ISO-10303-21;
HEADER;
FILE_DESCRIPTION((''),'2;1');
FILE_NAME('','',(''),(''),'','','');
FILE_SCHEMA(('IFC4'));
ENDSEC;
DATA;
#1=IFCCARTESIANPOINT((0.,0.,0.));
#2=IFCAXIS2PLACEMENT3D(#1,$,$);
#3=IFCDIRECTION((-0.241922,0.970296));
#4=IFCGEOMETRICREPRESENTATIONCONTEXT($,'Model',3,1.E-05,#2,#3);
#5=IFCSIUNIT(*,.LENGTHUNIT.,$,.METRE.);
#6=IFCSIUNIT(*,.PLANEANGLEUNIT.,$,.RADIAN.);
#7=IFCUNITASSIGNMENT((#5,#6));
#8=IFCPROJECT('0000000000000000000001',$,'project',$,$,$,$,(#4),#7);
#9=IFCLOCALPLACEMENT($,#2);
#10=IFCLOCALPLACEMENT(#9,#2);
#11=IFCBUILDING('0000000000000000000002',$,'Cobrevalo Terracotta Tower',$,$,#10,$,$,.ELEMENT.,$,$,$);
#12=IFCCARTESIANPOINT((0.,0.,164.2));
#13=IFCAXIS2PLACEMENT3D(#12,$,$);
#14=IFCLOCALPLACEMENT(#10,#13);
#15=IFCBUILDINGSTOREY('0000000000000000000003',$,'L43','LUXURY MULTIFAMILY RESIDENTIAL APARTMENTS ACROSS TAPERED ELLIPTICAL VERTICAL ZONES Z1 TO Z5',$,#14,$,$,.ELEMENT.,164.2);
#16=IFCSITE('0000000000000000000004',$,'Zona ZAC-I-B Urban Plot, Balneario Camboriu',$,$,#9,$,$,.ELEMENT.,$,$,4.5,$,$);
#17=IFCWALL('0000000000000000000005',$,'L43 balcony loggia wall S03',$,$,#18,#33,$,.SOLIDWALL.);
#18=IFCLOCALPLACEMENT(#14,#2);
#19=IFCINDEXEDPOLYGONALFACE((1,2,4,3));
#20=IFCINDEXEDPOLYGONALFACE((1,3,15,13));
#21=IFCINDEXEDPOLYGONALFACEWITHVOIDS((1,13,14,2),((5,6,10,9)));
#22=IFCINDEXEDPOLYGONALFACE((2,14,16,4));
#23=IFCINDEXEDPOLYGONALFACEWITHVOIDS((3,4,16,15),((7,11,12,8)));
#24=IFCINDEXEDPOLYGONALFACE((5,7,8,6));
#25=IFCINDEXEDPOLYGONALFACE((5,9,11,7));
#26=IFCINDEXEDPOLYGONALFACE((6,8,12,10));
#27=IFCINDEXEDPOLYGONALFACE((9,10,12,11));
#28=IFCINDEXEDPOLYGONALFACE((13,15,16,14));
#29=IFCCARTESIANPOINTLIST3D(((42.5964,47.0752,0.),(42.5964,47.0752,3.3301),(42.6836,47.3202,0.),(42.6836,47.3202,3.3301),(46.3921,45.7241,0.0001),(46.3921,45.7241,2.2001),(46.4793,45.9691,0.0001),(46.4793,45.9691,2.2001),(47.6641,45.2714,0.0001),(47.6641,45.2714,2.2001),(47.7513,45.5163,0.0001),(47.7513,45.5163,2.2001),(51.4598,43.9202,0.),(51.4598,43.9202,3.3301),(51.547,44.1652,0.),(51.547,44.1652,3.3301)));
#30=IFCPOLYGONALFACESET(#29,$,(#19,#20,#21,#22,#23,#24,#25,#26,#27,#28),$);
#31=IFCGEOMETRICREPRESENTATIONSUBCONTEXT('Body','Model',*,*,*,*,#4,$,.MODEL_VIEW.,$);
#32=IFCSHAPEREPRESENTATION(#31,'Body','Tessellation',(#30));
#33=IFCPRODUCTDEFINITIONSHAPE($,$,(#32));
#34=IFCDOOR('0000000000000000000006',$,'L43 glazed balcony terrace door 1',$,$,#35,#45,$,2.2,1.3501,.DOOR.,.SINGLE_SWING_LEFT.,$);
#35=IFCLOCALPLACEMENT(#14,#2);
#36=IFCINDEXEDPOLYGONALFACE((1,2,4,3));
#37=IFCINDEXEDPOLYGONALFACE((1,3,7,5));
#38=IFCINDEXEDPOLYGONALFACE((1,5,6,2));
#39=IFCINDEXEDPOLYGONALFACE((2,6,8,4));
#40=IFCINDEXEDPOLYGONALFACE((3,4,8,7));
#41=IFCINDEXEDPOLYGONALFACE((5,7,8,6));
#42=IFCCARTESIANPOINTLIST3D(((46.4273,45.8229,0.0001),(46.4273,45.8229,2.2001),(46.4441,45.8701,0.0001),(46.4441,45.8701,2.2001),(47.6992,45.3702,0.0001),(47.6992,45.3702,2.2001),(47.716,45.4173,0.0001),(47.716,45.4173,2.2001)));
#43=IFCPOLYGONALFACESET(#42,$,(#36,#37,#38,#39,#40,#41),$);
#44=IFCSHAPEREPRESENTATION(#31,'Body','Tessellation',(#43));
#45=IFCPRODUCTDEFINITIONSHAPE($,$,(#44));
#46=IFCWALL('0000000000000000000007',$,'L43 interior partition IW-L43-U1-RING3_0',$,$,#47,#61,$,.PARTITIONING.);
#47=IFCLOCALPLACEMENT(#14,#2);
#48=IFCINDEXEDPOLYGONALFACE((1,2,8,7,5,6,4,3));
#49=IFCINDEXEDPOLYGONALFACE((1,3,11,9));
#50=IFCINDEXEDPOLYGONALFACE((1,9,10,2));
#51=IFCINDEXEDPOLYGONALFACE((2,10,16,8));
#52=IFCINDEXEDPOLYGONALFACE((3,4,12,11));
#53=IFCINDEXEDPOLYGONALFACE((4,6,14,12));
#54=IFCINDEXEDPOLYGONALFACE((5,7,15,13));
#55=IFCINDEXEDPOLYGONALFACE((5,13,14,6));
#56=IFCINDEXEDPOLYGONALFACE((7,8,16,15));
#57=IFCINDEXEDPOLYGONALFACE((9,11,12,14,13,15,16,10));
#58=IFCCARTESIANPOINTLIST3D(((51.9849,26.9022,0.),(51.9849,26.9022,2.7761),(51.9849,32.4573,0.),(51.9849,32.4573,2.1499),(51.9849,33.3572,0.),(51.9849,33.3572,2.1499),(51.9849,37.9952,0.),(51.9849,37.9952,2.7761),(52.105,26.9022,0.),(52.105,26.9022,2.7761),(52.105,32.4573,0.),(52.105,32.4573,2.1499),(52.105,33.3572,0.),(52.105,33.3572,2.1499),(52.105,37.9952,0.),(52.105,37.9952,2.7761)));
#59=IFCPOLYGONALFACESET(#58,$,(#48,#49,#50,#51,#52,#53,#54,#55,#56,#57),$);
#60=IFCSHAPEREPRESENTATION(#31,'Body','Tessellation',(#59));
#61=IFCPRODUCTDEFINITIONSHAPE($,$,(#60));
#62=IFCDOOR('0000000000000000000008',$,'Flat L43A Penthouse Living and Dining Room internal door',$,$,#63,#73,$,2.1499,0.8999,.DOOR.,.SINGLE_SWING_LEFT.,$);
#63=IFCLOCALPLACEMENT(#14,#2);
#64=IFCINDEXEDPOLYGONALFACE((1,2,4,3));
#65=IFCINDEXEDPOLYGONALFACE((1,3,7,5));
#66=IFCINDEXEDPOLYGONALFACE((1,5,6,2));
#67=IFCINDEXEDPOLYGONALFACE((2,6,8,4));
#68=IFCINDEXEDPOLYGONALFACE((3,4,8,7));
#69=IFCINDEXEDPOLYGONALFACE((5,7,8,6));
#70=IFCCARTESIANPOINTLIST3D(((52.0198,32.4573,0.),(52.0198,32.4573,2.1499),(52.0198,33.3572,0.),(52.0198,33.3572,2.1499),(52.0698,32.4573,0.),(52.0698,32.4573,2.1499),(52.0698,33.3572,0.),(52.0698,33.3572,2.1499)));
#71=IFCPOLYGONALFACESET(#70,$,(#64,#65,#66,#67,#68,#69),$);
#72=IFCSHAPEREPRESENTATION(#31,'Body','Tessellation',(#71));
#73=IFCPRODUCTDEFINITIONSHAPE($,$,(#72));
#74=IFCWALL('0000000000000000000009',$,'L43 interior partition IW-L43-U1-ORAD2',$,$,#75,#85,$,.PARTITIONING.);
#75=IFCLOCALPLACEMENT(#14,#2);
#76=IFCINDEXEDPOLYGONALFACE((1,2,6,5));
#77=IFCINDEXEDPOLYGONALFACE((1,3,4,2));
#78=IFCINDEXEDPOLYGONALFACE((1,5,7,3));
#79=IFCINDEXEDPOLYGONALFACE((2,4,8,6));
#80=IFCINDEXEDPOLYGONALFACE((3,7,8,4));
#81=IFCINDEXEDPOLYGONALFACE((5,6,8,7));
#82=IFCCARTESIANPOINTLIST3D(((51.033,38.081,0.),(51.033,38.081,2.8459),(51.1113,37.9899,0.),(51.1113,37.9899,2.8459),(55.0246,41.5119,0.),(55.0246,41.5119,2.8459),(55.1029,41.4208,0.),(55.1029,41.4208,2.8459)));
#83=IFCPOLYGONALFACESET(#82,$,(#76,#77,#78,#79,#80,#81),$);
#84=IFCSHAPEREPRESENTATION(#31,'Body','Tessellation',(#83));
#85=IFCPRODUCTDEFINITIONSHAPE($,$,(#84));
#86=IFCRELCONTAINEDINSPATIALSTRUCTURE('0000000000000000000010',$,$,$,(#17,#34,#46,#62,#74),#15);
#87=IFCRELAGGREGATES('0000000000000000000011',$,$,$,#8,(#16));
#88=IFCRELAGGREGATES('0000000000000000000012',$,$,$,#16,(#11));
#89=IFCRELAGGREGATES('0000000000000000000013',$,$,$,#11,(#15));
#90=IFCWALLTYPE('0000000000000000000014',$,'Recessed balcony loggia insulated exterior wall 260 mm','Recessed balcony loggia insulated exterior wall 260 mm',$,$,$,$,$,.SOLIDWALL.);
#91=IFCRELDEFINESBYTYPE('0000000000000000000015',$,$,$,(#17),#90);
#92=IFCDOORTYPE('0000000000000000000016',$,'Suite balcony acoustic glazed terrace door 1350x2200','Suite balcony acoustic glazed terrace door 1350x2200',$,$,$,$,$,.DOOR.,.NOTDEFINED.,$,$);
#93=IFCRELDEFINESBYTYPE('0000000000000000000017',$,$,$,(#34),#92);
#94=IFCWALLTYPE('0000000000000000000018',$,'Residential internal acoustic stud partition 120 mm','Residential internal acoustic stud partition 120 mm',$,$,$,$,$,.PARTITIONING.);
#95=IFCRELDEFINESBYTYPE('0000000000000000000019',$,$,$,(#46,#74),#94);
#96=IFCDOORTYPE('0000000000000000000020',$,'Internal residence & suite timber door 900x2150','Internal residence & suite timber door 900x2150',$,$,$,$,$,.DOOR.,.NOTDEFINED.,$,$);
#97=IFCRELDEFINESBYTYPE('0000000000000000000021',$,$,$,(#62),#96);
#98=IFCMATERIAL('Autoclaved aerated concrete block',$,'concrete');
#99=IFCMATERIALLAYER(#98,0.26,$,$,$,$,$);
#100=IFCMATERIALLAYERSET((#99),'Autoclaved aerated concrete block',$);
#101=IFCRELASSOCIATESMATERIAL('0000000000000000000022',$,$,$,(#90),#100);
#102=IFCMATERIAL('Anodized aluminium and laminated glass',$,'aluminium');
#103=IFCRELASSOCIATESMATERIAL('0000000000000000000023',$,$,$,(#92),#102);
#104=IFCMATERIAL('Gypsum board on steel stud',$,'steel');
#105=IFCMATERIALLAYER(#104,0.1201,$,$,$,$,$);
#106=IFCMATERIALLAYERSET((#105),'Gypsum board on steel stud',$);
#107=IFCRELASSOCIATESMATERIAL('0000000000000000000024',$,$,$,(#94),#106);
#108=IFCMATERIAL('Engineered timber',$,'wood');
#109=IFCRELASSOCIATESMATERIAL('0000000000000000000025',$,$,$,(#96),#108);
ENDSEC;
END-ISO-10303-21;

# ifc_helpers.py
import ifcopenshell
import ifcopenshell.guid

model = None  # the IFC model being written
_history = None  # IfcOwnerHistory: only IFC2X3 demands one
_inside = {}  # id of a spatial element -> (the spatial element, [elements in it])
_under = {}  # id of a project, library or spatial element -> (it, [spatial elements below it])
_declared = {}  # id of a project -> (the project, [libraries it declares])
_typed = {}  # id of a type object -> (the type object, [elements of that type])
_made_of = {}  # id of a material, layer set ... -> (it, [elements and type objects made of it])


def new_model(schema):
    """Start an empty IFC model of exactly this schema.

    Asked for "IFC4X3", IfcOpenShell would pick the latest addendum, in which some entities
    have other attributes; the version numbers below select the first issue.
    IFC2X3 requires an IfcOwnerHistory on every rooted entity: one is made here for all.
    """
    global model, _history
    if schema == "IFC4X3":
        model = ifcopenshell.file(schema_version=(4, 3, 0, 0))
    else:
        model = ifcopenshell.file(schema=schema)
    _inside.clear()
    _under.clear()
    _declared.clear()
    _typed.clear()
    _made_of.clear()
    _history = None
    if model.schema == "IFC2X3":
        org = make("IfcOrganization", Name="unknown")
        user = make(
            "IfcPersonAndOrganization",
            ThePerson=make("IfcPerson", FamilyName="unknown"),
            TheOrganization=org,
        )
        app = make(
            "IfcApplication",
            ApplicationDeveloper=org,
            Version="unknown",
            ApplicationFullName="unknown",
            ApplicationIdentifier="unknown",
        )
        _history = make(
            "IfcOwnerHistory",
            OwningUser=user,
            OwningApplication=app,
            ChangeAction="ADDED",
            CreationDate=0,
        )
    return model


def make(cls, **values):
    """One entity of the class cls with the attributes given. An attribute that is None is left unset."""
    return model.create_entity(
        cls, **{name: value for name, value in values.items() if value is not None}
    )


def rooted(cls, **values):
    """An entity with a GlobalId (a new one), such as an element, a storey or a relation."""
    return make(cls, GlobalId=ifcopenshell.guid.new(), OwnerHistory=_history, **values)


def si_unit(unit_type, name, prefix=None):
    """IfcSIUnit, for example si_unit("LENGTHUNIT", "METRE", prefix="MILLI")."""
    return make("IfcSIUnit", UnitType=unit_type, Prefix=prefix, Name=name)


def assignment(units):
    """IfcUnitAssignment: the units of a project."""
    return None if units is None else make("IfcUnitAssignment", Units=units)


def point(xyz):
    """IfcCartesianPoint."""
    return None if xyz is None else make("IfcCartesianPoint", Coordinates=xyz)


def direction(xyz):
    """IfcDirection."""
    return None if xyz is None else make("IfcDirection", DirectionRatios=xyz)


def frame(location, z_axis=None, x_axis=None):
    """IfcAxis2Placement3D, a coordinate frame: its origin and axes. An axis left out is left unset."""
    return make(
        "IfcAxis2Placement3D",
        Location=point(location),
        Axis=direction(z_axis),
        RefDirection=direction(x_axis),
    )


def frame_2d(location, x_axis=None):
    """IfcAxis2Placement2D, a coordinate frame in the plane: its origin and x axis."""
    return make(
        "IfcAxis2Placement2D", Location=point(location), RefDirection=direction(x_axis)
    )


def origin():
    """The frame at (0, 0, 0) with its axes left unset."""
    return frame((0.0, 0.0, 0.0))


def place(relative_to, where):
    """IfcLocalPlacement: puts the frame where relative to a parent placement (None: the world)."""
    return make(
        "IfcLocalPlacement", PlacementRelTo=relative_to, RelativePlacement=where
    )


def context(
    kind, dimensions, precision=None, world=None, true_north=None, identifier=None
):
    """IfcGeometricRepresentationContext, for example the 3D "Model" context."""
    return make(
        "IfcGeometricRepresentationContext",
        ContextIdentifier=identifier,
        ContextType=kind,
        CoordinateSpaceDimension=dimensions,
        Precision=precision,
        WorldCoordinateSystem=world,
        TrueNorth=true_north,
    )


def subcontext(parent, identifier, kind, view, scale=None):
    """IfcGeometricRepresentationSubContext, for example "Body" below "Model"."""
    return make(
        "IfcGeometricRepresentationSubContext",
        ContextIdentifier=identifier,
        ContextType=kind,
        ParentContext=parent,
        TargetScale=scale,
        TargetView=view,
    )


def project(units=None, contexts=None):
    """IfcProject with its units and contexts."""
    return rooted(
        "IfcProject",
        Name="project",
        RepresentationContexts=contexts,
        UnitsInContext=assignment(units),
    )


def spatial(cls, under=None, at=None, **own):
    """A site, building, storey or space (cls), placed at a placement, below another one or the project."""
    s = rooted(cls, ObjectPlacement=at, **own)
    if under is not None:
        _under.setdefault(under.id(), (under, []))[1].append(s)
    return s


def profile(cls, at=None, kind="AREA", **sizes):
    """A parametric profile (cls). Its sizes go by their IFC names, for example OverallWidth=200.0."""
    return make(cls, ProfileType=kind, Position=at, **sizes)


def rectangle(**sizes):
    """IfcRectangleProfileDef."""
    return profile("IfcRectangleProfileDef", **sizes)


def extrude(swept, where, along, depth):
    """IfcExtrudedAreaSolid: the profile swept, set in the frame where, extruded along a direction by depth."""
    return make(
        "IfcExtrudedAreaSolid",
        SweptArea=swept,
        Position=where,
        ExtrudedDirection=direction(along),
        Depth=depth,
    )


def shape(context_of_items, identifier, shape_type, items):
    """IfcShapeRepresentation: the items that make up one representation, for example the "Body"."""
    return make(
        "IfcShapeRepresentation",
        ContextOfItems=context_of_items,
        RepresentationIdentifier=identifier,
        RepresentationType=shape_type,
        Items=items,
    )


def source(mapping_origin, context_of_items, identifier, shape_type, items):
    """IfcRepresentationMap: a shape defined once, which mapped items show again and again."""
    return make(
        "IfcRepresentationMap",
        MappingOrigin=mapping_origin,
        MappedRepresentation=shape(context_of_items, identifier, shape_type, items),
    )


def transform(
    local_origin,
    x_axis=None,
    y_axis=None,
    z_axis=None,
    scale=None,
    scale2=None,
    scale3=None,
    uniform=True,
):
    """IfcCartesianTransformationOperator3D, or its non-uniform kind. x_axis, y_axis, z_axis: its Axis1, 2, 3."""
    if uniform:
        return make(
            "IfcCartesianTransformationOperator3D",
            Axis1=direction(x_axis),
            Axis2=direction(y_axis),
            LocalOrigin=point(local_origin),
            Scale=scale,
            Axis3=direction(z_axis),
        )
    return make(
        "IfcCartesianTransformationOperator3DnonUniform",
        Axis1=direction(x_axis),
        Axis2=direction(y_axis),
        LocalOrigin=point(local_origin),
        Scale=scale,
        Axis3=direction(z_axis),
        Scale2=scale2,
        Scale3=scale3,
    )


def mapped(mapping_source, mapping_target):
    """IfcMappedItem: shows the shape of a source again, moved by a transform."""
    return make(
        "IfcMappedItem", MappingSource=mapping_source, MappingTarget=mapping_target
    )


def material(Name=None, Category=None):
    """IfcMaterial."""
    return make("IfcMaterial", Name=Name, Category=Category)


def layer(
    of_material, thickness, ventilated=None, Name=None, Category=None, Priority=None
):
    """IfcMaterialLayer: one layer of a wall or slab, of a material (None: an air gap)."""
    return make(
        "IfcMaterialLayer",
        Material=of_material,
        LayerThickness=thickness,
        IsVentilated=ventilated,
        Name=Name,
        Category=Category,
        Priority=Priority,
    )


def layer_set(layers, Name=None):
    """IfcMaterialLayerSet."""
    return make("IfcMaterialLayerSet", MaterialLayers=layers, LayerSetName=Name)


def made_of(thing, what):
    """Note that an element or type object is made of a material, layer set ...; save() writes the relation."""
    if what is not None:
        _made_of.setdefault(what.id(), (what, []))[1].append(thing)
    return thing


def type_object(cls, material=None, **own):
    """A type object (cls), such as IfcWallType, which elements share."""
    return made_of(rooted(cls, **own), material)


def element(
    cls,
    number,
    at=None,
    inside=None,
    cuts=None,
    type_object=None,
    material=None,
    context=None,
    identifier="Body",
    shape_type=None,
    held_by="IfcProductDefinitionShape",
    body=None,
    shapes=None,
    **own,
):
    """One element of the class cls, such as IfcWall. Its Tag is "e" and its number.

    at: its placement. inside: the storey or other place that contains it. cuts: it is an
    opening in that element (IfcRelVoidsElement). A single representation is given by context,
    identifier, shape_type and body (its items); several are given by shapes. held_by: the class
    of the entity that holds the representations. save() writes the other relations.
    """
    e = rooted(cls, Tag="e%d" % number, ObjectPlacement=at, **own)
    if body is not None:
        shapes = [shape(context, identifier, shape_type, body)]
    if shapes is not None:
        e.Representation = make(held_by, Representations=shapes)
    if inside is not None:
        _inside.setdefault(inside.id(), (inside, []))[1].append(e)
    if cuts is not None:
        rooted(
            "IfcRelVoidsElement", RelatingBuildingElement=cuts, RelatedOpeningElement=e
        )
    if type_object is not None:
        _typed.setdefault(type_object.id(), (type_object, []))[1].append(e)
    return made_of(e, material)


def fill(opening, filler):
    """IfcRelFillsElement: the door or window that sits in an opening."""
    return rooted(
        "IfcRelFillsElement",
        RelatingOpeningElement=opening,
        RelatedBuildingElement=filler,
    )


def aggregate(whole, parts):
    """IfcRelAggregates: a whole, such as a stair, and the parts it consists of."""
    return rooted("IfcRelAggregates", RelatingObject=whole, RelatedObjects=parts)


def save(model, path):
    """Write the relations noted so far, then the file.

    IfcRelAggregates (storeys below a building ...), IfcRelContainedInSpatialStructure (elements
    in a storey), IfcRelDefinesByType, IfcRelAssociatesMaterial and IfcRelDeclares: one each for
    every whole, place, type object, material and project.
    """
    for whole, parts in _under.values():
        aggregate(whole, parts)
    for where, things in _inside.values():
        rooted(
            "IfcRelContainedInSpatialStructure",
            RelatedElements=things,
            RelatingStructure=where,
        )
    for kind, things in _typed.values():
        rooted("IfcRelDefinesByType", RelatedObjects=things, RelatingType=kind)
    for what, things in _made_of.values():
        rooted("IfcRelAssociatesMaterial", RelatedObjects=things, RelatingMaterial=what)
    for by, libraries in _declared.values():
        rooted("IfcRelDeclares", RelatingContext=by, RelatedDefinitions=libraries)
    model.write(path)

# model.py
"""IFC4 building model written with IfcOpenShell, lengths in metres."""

from ifc_helpers import new_model, si_unit, direction, frame, frame_2d, origin, place, context, subcontext, project, spatial, rectangle, extrude, source, transform, mapped, material, layer, layer_set, type_object, element, fill, save


model = new_model("IFC4")

# Units and contexts
model_context = context("Model", 3, precision=1e-05, world=origin(), true_north=direction((-0.241922, 0.970296)))
body_context = subcontext(model_context, "Body", "Model", "MODEL_VIEW")
ifc_project = project(units=[si_unit("LENGTHUNIT", "METRE"), si_unit("PLANEANGLEUNIT", "RADIAN")], contexts=[model_context])

# Site, building, storey
site_placement = place(None, origin())
site = spatial("IfcSite", under=ifc_project, at=site_placement, Name="Zona ZAC-I-B Urban Plot, Balneario Camboriu", CompositionType="ELEMENT", RefElevation=4.5)
building_placement = place(site_placement, origin())
building = spatial("IfcBuilding", under=site, at=building_placement, Name="Cobrevalo Terracotta Tower", CompositionType="ELEMENT")
storey_placement = place(building_placement, frame((0.0, 0.0, 164.2)))
storey = spatial("IfcBuildingStorey", under=building, at=storey_placement, Name="L43", Description="LUXURY MULTIFAMILY RESIDENTIAL APARTMENTS ACROSS TAPERED ELLIPTICAL VERTICAL ZONES Z1 TO Z5", CompositionType="ELEMENT", Elevation=164.2)

# Walls, openings, doors
ifc_material_1 = material(Name="Autoclaved aerated concrete block", Category="concrete")
ifc_layer_1 = layer(ifc_material_1, 0.26)
ifc_layer_set_1 = layer_set([ifc_layer_1], Name="Autoclaved aerated concrete block")
wall_type_1 = type_object("IfcWallType", Name="Recessed balcony loggia insulated exterior wall 260 mm", Description="Recessed balcony loggia insulated exterior wall 260 mm", PredefinedType="SOLIDWALL", material=ifc_layer_set_1)
wall_1_placement = place(storey_placement, frame((51.5034, 44.0427, 0.0), z_axis=(0.0, 0.0, 1.0), x_axis=(-0.942095, 0.335345, 0.0)))
wall_1 = element("IfcWall", 1, at=wall_1_placement, inside=storey, type_object=wall_type_1, Name="L43 balcony loggia wall S03", PredefinedType="SOLIDWALL", context=body_context, shape_type="SweptSolid", body=[
    extrude(rectangle(XDim=9.4082, YDim=0.26, at=frame_2d((4.7041, 0.0))), origin(), (0.0, 0.0, 1.0), 3.3301),
])
opening_1_placement = place(wall_1_placement, frame((4.0291, 0.0, 0.0)))
opening_1 = element("IfcOpeningElement", 2, at=opening_1_placement, cuts=wall_1, PredefinedType="OPENING", context=body_context, shape_type="SweptSolid", body=[
    extrude(rectangle(XDim=1.3501, YDim=2.2, at=frame_2d((0.675, 1.1001))), frame((0.0, 0.1401, 0.0), z_axis=(0.0, -1.0, 0.0), x_axis=(1.0, 0.0, 0.0)), (0.0, 0.0, 1.0), 0.28),
])
ifc_material_2 = material(Name="Anodized aluminium and laminated glass", Category="aluminium")
door_type_1 = type_object("IfcDoorType", Name="Suite balcony acoustic glazed terrace door 1350x2200", Description="Suite balcony acoustic glazed terrace door 1350x2200", OperationType="NOTDEFINED", PredefinedType="DOOR", material=ifc_material_2)
shared_shape_1 = source(origin(), body_context, "Body", "SweptSolid", [
    extrude(rectangle(XDim=1.3501, YDim=2.2, at=frame_2d((0.675, 1.1001))), frame((0.0, 0.0249, 0.0), z_axis=(0.0, -1.0, 0.0), x_axis=(1.0, 0.0, 0.0)), (0.0, 0.0, 1.0), 0.05),
])
door_1_placement = place(opening_1_placement, frame((1.3501, 0.0, 0.0), z_axis=(0.0, 0.0, 1.0), x_axis=(-1.0, 0.0, 0.0)))
door_1 = element("IfcDoor", 3, at=door_1_placement, inside=storey, type_object=door_type_1, Name="L43 glazed balcony terrace door 1", OperationType="SINGLE_SWING_LEFT", OverallHeight=2.2, OverallWidth=1.3501, PredefinedType="DOOR", context=body_context, shape_type="MappedRepresentation", body=[
    mapped(shared_shape_1, transform((0.0, 0.0, 0.0), scale=1.0)),
])
fill(opening_1, door_1)
ifc_material_3 = material(Name="Gypsum board on steel stud", Category="steel")
ifc_layer_2 = layer(ifc_material_3, 0.1201)
ifc_layer_set_2 = layer_set([ifc_layer_2], Name="Gypsum board on steel stud")
wall_type_2 = type_object("IfcWallType", Name="Residential internal acoustic stud partition 120 mm", Description="Residential internal acoustic stud partition 120 mm", PredefinedType="PARTITIONING", material=ifc_layer_set_2)
wall_2_placement = place(storey_placement, frame((52.0449, 37.9951, 0.0), z_axis=(0.0, 0.0, 1.0), x_axis=(0.0, -1.0, 0.0)))
wall_2 = element("IfcWall", 4, at=wall_2_placement, inside=storey, type_object=wall_type_2, Name="L43 interior partition IW-L43-U1-RING3_0", PredefinedType="PARTITIONING", context=body_context, shape_type="SweptSolid", body=[
    extrude(rectangle(XDim=11.093, YDim=0.1201, at=frame_2d((5.5464, 0.0))), origin(), (0.0, 0.0, 1.0), 2.7761),
])
opening_2_placement = place(wall_2_placement, frame((4.6379, 0.0, 0.0)))
opening_2 = element("IfcOpeningElement", 5, at=opening_2_placement, cuts=wall_2, PredefinedType="OPENING", context=body_context, shape_type="SweptSolid", body=[
    extrude(rectangle(XDim=0.8999, YDim=2.1499, at=frame_2d((0.45, 1.075))), frame((0.0, 0.0701, 0.0), z_axis=(0.0, -1.0, 0.0), x_axis=(1.0, 0.0, 0.0)), (0.0, 0.0, 1.0), 0.1401),
])
ifc_material_4 = material(Name="Engineered timber", Category="wood")
door_type_2 = type_object("IfcDoorType", Name="Internal residence & suite timber door 900x2150", Description="Internal residence & suite timber door 900x2150", OperationType="NOTDEFINED", PredefinedType="DOOR", material=ifc_material_4)
shared_shape_2 = source(origin(), body_context, "Body", "SweptSolid", [
    extrude(rectangle(XDim=0.8999, YDim=2.1499, at=frame_2d((0.45, 1.075))), frame((0.0, 0.0249, 0.0), z_axis=(0.0, -1.0, 0.0), x_axis=(1.0, 0.0, 0.0)), (0.0, 0.0, 1.0), 0.05),
])
door_2_placement = place(opening_2_placement, origin())
door_2 = element("IfcDoor", 6, at=door_2_placement, inside=storey, type_object=door_type_2, Name="Flat L43A Penthouse Living and Dining Room internal door", OperationType="SINGLE_SWING_LEFT", OverallHeight=2.1499, OverallWidth=0.8999, PredefinedType="DOOR", context=body_context, shape_type="MappedRepresentation", body=[
    mapped(shared_shape_2, transform((0.0, 0.0, 0.0), scale=1.0)),
])
fill(opening_2, door_2)

# Wall
wall_3_placement = place(storey_placement, frame((51.072, 38.0354, 0.0), z_axis=(0.0, 0.0, 1.0), x_axis=(0.758369, 0.651826, 0.0)))
element("IfcWall", 7, at=wall_3_placement, inside=storey, type_object=wall_type_2, Name="L43 interior partition IW-L43-U1-ORAD2", PredefinedType="PARTITIONING", context=body_context, shape_type="SweptSolid", body=[
    extrude(rectangle(XDim=5.2634, YDim=0.1201, at=frame_2d((2.6318, 0.0))), origin(), (0.0, 0.0, 1.0), 2.8459),
])

save(model, "model.ifc")
